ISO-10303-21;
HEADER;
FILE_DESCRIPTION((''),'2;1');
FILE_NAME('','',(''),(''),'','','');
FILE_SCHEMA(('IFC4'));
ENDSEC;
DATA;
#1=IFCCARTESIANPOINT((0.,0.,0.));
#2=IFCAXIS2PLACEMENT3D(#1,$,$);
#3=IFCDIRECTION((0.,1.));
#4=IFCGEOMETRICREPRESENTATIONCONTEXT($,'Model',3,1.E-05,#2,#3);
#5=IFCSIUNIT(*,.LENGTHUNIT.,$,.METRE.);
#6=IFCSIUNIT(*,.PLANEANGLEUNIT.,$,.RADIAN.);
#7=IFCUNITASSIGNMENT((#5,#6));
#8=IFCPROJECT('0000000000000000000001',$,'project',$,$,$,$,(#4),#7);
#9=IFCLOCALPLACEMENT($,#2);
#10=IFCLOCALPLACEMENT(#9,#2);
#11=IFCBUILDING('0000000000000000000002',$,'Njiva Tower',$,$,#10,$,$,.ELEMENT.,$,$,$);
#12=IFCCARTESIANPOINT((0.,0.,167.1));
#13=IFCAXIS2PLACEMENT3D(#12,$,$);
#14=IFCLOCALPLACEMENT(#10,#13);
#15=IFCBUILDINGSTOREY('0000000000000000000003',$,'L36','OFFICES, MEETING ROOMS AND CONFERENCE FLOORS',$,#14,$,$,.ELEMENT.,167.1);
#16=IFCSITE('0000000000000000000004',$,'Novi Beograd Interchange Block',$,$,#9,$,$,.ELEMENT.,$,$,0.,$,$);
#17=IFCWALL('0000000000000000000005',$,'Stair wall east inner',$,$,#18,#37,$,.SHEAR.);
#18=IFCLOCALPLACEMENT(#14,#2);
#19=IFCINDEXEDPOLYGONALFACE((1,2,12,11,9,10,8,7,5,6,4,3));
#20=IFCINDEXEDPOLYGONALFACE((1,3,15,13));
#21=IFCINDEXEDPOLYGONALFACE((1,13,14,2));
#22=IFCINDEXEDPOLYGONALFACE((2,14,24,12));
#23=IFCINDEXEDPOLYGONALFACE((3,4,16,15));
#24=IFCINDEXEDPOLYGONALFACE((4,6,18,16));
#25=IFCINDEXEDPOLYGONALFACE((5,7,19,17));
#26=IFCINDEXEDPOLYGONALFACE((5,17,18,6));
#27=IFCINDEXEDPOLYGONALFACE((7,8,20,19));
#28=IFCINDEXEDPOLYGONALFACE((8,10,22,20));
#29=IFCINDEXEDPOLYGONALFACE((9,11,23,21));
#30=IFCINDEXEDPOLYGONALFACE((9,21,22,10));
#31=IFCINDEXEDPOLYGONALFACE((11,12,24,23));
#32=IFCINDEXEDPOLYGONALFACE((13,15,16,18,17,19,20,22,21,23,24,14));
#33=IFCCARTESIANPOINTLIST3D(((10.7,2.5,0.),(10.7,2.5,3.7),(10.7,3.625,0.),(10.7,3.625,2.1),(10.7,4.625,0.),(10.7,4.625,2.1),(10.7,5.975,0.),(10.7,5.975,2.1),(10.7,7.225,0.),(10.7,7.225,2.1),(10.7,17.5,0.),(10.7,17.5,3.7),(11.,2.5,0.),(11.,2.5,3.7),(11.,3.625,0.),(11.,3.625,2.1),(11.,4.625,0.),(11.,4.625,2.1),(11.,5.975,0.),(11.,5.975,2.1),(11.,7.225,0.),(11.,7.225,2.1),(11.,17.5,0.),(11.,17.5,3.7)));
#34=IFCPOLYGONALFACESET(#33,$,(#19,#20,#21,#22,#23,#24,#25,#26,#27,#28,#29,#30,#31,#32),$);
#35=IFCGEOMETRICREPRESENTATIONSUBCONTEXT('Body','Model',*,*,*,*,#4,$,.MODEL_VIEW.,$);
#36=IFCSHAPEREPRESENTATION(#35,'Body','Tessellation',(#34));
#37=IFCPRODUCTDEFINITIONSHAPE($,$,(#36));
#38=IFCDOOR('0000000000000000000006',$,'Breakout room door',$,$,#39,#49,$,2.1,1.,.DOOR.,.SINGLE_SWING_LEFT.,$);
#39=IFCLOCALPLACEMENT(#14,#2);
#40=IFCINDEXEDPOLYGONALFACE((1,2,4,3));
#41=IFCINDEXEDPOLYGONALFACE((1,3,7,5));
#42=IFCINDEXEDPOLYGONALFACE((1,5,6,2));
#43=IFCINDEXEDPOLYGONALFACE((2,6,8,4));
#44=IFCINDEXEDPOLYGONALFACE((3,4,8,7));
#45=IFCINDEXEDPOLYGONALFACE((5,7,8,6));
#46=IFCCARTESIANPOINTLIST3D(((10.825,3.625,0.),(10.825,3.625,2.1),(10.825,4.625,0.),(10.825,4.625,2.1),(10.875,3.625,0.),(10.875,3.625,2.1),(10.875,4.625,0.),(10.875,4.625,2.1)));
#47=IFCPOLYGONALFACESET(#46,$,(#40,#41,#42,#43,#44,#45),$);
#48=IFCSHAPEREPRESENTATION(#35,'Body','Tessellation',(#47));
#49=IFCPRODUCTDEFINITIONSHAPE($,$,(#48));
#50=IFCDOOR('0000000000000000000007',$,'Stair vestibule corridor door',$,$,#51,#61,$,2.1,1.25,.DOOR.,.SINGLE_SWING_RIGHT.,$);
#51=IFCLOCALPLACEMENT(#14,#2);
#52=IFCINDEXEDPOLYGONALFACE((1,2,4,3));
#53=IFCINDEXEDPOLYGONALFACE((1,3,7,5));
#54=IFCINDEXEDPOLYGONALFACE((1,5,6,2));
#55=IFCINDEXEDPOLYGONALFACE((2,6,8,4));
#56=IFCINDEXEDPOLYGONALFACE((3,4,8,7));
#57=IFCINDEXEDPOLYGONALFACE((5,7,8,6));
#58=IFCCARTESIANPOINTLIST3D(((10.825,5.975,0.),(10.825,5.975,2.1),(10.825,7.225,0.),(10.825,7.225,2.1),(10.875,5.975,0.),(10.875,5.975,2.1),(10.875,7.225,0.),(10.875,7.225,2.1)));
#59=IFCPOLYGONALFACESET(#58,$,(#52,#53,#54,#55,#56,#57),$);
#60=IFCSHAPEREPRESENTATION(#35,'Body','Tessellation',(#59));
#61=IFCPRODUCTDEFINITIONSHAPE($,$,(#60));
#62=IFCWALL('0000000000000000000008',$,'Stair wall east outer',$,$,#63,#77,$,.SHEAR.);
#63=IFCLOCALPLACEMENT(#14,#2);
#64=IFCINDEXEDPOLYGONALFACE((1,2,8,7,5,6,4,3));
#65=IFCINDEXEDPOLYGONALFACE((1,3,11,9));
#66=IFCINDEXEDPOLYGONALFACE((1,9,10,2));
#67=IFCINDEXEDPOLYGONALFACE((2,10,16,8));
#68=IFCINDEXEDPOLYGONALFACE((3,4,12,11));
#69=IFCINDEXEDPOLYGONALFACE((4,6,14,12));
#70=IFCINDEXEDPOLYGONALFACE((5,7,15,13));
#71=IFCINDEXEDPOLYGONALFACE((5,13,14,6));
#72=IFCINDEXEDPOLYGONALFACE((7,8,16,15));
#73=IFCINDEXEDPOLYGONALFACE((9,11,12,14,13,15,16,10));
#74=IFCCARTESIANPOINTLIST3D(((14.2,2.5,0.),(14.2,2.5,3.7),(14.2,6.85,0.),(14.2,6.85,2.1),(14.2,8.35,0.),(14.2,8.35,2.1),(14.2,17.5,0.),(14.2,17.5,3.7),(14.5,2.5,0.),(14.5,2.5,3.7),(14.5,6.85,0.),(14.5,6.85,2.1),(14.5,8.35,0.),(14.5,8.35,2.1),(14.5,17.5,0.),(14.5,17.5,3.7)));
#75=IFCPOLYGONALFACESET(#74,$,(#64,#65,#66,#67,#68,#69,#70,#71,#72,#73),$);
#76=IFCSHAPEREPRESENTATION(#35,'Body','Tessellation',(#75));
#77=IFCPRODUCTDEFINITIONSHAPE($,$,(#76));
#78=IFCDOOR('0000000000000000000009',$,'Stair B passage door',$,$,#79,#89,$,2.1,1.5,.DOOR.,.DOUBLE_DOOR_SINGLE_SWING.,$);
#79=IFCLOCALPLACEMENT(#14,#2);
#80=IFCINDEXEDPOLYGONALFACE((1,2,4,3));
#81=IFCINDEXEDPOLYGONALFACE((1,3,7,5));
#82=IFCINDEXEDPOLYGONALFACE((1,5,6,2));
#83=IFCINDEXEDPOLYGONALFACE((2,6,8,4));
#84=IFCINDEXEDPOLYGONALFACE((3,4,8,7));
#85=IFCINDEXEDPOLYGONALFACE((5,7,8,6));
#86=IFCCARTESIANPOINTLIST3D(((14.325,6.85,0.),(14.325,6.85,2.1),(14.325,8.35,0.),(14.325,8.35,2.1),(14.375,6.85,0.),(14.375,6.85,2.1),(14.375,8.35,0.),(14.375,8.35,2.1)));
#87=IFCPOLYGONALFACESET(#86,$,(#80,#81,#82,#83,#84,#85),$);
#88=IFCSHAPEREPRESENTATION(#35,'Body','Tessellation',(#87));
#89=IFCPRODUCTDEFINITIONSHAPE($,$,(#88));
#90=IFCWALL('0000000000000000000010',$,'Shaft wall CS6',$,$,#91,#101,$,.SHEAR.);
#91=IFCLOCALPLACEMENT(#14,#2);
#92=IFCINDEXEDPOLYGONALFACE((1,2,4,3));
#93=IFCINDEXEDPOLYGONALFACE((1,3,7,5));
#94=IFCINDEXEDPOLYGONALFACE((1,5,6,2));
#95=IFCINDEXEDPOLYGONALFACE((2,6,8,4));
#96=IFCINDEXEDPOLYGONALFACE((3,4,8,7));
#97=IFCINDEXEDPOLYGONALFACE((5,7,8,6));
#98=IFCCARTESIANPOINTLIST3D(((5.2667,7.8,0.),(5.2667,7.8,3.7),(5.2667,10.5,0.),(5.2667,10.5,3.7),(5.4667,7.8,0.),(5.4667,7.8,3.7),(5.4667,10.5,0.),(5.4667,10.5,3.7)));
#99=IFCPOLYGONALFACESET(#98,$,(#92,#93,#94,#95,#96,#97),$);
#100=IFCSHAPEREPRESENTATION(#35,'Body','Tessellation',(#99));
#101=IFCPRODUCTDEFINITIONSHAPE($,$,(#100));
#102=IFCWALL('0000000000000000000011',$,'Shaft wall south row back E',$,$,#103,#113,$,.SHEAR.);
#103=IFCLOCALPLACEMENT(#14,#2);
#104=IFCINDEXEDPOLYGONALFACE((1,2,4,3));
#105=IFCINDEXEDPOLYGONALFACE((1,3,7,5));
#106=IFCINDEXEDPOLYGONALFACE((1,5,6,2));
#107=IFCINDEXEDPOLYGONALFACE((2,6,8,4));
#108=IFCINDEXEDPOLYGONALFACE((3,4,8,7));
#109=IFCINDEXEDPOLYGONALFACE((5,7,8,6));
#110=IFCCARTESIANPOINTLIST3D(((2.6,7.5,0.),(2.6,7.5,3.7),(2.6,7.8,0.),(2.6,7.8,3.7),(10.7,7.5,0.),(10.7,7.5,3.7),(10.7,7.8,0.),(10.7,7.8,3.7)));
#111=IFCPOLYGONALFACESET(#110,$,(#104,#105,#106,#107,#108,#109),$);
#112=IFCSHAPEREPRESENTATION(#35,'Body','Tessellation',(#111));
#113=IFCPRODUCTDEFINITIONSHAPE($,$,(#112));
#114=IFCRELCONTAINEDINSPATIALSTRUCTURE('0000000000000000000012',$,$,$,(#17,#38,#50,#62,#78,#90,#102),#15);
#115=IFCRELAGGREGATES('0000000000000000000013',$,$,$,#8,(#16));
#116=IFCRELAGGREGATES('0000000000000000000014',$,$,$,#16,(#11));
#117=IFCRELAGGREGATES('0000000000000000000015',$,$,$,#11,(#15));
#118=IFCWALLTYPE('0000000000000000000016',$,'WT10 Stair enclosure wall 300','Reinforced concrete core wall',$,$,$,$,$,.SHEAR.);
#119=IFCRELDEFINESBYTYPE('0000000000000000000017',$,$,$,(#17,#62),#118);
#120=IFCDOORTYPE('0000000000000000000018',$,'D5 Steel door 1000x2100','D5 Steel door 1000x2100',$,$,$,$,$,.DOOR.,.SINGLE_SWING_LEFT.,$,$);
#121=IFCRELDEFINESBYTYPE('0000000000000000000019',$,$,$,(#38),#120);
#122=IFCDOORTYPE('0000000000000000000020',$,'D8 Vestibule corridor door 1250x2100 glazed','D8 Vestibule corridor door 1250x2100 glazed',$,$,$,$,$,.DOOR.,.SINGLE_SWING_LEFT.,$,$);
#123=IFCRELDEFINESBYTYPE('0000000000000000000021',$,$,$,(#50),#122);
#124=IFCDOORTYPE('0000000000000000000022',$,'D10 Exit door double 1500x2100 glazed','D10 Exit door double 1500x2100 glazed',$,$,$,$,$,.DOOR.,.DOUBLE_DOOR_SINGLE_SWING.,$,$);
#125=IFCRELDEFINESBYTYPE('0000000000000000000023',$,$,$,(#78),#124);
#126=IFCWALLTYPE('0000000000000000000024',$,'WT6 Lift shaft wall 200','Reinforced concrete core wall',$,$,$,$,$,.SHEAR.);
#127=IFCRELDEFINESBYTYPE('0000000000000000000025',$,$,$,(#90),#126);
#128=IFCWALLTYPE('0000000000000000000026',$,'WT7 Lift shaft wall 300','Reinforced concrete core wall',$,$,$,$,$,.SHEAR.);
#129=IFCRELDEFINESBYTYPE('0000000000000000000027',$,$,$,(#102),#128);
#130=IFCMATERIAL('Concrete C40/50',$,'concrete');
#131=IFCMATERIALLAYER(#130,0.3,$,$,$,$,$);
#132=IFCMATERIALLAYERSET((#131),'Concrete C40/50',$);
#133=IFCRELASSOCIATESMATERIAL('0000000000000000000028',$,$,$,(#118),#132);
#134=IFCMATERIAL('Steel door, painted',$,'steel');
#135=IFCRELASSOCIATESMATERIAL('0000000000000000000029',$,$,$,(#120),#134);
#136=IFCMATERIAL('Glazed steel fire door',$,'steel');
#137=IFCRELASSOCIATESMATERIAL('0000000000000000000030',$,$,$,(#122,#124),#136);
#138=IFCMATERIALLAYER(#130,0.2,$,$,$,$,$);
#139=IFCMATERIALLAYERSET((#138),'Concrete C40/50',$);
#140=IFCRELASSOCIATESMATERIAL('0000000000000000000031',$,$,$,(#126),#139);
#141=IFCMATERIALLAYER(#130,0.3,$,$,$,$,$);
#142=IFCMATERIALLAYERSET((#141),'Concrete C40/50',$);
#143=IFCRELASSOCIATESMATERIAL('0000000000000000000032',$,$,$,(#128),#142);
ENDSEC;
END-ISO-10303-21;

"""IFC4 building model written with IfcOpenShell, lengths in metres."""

from ifc_helpers import new_model, si_unit, direction, frame, frame_2d, origin, place, context, subcontext, project, spatial, rectangle, extrude, material, layer, layer_set, type_object, element, fill, save


model = new_model("IFC4")

# Units and contexts
model_context = context("Model", 3, precision=1e-05, world=origin(), true_north=direction((0.0, 1.0)))
body_context = subcontext(model_context, "Body", "Model", "MODEL_VIEW")
ifc_project = project(units=[si_unit("LENGTHUNIT", "METRE"), si_unit("PLANEANGLEUNIT", "RADIAN")], contexts=[model_context])

# Site, building, storey
site_placement = place(None, origin())
site = spatial("IfcSite", under=ifc_project, at=site_placement, Name="Novi Beograd Interchange Block", CompositionType="ELEMENT", RefElevation=0.0)
building_placement = place(site_placement, origin())
building = spatial("IfcBuilding", under=site, at=building_placement, Name="Njiva Tower", CompositionType="ELEMENT")
storey_placement = place(building_placement, frame((0.0, 0.0, 167.1)))
storey = spatial("IfcBuildingStorey", under=building, at=storey_placement, Name="L36", Description="OFFICES, MEETING ROOMS AND CONFERENCE FLOORS", CompositionType="ELEMENT", Elevation=167.1)

# Wall, openings, doors
ifc_material_1 = material(Name="Concrete C40/50", Category="concrete")
ifc_layer_1 = layer(ifc_material_1, 0.3)
ifc_layer_set_1 = layer_set([ifc_layer_1], Name="Concrete C40/50")
wall_type_1 = type_object("IfcWallType", Name="WT10 Stair enclosure wall 300", Description="Reinforced concrete core wall", PredefinedType="SHEAR", material=ifc_layer_set_1)
wall_1_placement = place(storey_placement, frame((10.85, 2.5, 0.0), z_axis=(0.0, 0.0, 1.0), x_axis=(0.0, 1.0, 0.0)))
wall_1 = element("IfcWall", 1, at=wall_1_placement, inside=storey, type_object=wall_type_1, Name="Stair wall east inner", PredefinedType="SHEAR", context=body_context, shape_type="SweptSolid", body=[
    extrude(rectangle(XDim=15.0, YDim=0.3, at=frame_2d((7.5, 0.0))), origin(), (0.0, 0.0, 1.0), 3.7),
])
opening_1_placement = place(wall_1_placement, frame((3.475, 0.0, 0.0)))
opening_1 = element("IfcOpeningElement", 2, at=opening_1_placement, cuts=wall_1, PredefinedType="OPENING", context=body_context, shape_type="SweptSolid", body=[
    extrude(rectangle(XDim=1.25, YDim=2.1, at=frame_2d((0.625, 1.05))), frame((0.0, 0.16, 0.0), z_axis=(0.0, -1.0, 0.0), x_axis=(1.0, 0.0, 0.0)), (0.0, 0.0, 1.0), 0.32),
])
opening_2_placement = place(wall_1_placement, frame((1.125, 0.0, 0.0)))
opening_2 = element("IfcOpeningElement", 3, at=opening_2_placement, cuts=wall_1, PredefinedType="OPENING", context=body_context, shape_type="SweptSolid", body=[
    extrude(rectangle(XDim=1.0, YDim=2.1, at=frame_2d((0.5, 1.05))), frame((0.0, 0.16, 0.0), z_axis=(0.0, -1.0, 0.0), x_axis=(1.0, 0.0, 0.0)), (0.0, 0.0, 1.0), 0.32),
])
ifc_material_2 = material(Name="Steel door, painted", Category="steel")
door_type_1 = type_object("IfcDoorType", Name="D5 Steel door 1000x2100", Description="D5 Steel door 1000x2100", OperationType="SINGLE_SWING_LEFT", PredefinedType="DOOR", material=ifc_material_2)
door_1_placement = place(opening_2_placement, origin())
door_1 = element("IfcDoor", 4, at=door_1_placement, inside=storey, type_object=door_type_1, Name="Breakout room door", OperationType="SINGLE_SWING_LEFT", OverallHeight=2.1, OverallWidth=1.0, PredefinedType="DOOR", context=body_context, shape_type="SweptSolid", body=[
    extrude(rectangle(XDim=1.0, YDim=2.1, at=frame_2d((0.5, 1.05))), frame((0.0, 0.025, 0.0), z_axis=(0.0, -1.0, 0.0), x_axis=(1.0, 0.0, 0.0)), (0.0, 0.0, 1.0), 0.05),
])
fill(opening_2, door_1)
ifc_material_3 = material(Name="Glazed steel fire door", Category="steel")
door_type_2 = type_object("IfcDoorType", Name="D8 Vestibule corridor door 1250x2100 glazed", Description="D8 Vestibule corridor door 1250x2100 glazed", OperationType="SINGLE_SWING_LEFT", PredefinedType="DOOR", material=ifc_material_3)
door_2_placement = place(opening_1_placement, origin())
door_2 = element("IfcDoor", 5, at=door_2_placement, inside=storey, type_object=door_type_2, Name="Stair vestibule corridor door", OperationType="SINGLE_SWING_RIGHT", OverallHeight=2.1, OverallWidth=1.25, PredefinedType="DOOR", context=body_context, shape_type="SweptSolid", body=[
    extrude(rectangle(XDim=1.25, YDim=2.1, at=frame_2d((0.625, 1.05))), frame((0.0, 0.025, 0.0), z_axis=(0.0, -1.0, 0.0), x_axis=(1.0, 0.0, 0.0)), (0.0, 0.0, 1.0), 0.05),
])
fill(opening_1, door_2)

# Wall, opening, door
wall_2_placement = place(storey_placement, frame((14.35, 2.5, 0.0), z_axis=(0.0, 0.0, 1.0), x_axis=(0.0, 1.0, 0.0)))
wall_2 = element("IfcWall", 6, at=wall_2_placement, inside=storey, type_object=wall_type_1, Name="Stair wall east outer", PredefinedType="SHEAR", context=body_context, shape_type="SweptSolid", body=[
    extrude(rectangle(XDim=15.0, YDim=0.3, at=frame_2d((7.5, 0.0))), origin(), (0.0, 0.0, 1.0), 3.7),
])
opening_3_placement = place(wall_2_placement, frame((4.35, 0.0, 0.0)))
opening_3 = element("IfcOpeningElement", 7, at=opening_3_placement, cuts=wall_2, PredefinedType="OPENING", context=body_context, shape_type="SweptSolid", body=[
    extrude(rectangle(XDim=1.5, YDim=2.1, at=frame_2d((0.75, 1.05))), frame((0.0, 0.16, 0.0), z_axis=(0.0, -1.0, 0.0), x_axis=(1.0, 0.0, 0.0)), (0.0, 0.0, 1.0), 0.32),
])
door_type_3 = type_object("IfcDoorType", Name="D10 Exit door double 1500x2100 glazed", Description="D10 Exit door double 1500x2100 glazed", OperationType="DOUBLE_DOOR_SINGLE_SWING", PredefinedType="DOOR", material=ifc_material_3)
door_3_placement = place(opening_3_placement, origin())
door_3 = element("IfcDoor", 8, at=door_3_placement, inside=storey, type_object=door_type_3, Name="Stair B passage door", OperationType="DOUBLE_DOOR_SINGLE_SWING", OverallHeight=2.1, OverallWidth=1.5, PredefinedType="DOOR", context=body_context, shape_type="SweptSolid", body=[
    extrude(rectangle(XDim=1.5, YDim=2.1, at=frame_2d((0.75, 1.05))), frame((0.0, 0.025, 0.0), z_axis=(0.0, -1.0, 0.0), x_axis=(1.0, 0.0, 0.0)), (0.0, 0.0, 1.0), 0.05),
])
fill(opening_3, door_3)

# Walls
ifc_layer_2 = layer(ifc_material_1, 0.2)
ifc_layer_set_2 = layer_set([ifc_layer_2], Name="Concrete C40/50")
wall_type_2 = type_object("IfcWallType", Name="WT6 Lift shaft wall 200", Description="Reinforced concrete core wall", PredefinedType="SHEAR", material=ifc_layer_set_2)
wall_3_placement = place(storey_placement, frame((5.3667, 7.8, 0.0), z_axis=(0.0, 0.0, 1.0), x_axis=(0.0, 1.0, 0.0)))
element("IfcWall", 9, at=wall_3_placement, inside=storey, type_object=wall_type_2, Name="Shaft wall CS6", PredefinedType="SHEAR", context=body_context, shape_type="SweptSolid", body=[
    extrude(rectangle(XDim=2.7, YDim=0.2, at=frame_2d((1.35, 0.0))), origin(), (0.0, 0.0, 1.0), 3.7),
])
ifc_layer_3 = layer(ifc_material_1, 0.3)
ifc_layer_set_3 = layer_set([ifc_layer_3], Name="Concrete C40/50")
wall_type_3 = type_object("IfcWallType", Name="WT7 Lift shaft wall 300", Description="Reinforced concrete core wall", PredefinedType="SHEAR", material=ifc_layer_set_3)
wall_4_placement = place(storey_placement, frame((2.6, 7.65, 0.0), z_axis=(0.0, 0.0, 1.0), x_axis=(1.0, 0.0, 0.0)))
element("IfcWall", 10, at=wall_4_placement, inside=storey, type_object=wall_type_3, Name="Shaft wall south row back E", PredefinedType="SHEAR", context=body_context, shape_type="SweptSolid", body=[
    extrude(rectangle(XDim=8.1, YDim=0.3, at=frame_2d((4.05, 0.0))), origin(), (0.0, 0.0, 1.0), 3.7),
])

save(model, "model.ifc")
